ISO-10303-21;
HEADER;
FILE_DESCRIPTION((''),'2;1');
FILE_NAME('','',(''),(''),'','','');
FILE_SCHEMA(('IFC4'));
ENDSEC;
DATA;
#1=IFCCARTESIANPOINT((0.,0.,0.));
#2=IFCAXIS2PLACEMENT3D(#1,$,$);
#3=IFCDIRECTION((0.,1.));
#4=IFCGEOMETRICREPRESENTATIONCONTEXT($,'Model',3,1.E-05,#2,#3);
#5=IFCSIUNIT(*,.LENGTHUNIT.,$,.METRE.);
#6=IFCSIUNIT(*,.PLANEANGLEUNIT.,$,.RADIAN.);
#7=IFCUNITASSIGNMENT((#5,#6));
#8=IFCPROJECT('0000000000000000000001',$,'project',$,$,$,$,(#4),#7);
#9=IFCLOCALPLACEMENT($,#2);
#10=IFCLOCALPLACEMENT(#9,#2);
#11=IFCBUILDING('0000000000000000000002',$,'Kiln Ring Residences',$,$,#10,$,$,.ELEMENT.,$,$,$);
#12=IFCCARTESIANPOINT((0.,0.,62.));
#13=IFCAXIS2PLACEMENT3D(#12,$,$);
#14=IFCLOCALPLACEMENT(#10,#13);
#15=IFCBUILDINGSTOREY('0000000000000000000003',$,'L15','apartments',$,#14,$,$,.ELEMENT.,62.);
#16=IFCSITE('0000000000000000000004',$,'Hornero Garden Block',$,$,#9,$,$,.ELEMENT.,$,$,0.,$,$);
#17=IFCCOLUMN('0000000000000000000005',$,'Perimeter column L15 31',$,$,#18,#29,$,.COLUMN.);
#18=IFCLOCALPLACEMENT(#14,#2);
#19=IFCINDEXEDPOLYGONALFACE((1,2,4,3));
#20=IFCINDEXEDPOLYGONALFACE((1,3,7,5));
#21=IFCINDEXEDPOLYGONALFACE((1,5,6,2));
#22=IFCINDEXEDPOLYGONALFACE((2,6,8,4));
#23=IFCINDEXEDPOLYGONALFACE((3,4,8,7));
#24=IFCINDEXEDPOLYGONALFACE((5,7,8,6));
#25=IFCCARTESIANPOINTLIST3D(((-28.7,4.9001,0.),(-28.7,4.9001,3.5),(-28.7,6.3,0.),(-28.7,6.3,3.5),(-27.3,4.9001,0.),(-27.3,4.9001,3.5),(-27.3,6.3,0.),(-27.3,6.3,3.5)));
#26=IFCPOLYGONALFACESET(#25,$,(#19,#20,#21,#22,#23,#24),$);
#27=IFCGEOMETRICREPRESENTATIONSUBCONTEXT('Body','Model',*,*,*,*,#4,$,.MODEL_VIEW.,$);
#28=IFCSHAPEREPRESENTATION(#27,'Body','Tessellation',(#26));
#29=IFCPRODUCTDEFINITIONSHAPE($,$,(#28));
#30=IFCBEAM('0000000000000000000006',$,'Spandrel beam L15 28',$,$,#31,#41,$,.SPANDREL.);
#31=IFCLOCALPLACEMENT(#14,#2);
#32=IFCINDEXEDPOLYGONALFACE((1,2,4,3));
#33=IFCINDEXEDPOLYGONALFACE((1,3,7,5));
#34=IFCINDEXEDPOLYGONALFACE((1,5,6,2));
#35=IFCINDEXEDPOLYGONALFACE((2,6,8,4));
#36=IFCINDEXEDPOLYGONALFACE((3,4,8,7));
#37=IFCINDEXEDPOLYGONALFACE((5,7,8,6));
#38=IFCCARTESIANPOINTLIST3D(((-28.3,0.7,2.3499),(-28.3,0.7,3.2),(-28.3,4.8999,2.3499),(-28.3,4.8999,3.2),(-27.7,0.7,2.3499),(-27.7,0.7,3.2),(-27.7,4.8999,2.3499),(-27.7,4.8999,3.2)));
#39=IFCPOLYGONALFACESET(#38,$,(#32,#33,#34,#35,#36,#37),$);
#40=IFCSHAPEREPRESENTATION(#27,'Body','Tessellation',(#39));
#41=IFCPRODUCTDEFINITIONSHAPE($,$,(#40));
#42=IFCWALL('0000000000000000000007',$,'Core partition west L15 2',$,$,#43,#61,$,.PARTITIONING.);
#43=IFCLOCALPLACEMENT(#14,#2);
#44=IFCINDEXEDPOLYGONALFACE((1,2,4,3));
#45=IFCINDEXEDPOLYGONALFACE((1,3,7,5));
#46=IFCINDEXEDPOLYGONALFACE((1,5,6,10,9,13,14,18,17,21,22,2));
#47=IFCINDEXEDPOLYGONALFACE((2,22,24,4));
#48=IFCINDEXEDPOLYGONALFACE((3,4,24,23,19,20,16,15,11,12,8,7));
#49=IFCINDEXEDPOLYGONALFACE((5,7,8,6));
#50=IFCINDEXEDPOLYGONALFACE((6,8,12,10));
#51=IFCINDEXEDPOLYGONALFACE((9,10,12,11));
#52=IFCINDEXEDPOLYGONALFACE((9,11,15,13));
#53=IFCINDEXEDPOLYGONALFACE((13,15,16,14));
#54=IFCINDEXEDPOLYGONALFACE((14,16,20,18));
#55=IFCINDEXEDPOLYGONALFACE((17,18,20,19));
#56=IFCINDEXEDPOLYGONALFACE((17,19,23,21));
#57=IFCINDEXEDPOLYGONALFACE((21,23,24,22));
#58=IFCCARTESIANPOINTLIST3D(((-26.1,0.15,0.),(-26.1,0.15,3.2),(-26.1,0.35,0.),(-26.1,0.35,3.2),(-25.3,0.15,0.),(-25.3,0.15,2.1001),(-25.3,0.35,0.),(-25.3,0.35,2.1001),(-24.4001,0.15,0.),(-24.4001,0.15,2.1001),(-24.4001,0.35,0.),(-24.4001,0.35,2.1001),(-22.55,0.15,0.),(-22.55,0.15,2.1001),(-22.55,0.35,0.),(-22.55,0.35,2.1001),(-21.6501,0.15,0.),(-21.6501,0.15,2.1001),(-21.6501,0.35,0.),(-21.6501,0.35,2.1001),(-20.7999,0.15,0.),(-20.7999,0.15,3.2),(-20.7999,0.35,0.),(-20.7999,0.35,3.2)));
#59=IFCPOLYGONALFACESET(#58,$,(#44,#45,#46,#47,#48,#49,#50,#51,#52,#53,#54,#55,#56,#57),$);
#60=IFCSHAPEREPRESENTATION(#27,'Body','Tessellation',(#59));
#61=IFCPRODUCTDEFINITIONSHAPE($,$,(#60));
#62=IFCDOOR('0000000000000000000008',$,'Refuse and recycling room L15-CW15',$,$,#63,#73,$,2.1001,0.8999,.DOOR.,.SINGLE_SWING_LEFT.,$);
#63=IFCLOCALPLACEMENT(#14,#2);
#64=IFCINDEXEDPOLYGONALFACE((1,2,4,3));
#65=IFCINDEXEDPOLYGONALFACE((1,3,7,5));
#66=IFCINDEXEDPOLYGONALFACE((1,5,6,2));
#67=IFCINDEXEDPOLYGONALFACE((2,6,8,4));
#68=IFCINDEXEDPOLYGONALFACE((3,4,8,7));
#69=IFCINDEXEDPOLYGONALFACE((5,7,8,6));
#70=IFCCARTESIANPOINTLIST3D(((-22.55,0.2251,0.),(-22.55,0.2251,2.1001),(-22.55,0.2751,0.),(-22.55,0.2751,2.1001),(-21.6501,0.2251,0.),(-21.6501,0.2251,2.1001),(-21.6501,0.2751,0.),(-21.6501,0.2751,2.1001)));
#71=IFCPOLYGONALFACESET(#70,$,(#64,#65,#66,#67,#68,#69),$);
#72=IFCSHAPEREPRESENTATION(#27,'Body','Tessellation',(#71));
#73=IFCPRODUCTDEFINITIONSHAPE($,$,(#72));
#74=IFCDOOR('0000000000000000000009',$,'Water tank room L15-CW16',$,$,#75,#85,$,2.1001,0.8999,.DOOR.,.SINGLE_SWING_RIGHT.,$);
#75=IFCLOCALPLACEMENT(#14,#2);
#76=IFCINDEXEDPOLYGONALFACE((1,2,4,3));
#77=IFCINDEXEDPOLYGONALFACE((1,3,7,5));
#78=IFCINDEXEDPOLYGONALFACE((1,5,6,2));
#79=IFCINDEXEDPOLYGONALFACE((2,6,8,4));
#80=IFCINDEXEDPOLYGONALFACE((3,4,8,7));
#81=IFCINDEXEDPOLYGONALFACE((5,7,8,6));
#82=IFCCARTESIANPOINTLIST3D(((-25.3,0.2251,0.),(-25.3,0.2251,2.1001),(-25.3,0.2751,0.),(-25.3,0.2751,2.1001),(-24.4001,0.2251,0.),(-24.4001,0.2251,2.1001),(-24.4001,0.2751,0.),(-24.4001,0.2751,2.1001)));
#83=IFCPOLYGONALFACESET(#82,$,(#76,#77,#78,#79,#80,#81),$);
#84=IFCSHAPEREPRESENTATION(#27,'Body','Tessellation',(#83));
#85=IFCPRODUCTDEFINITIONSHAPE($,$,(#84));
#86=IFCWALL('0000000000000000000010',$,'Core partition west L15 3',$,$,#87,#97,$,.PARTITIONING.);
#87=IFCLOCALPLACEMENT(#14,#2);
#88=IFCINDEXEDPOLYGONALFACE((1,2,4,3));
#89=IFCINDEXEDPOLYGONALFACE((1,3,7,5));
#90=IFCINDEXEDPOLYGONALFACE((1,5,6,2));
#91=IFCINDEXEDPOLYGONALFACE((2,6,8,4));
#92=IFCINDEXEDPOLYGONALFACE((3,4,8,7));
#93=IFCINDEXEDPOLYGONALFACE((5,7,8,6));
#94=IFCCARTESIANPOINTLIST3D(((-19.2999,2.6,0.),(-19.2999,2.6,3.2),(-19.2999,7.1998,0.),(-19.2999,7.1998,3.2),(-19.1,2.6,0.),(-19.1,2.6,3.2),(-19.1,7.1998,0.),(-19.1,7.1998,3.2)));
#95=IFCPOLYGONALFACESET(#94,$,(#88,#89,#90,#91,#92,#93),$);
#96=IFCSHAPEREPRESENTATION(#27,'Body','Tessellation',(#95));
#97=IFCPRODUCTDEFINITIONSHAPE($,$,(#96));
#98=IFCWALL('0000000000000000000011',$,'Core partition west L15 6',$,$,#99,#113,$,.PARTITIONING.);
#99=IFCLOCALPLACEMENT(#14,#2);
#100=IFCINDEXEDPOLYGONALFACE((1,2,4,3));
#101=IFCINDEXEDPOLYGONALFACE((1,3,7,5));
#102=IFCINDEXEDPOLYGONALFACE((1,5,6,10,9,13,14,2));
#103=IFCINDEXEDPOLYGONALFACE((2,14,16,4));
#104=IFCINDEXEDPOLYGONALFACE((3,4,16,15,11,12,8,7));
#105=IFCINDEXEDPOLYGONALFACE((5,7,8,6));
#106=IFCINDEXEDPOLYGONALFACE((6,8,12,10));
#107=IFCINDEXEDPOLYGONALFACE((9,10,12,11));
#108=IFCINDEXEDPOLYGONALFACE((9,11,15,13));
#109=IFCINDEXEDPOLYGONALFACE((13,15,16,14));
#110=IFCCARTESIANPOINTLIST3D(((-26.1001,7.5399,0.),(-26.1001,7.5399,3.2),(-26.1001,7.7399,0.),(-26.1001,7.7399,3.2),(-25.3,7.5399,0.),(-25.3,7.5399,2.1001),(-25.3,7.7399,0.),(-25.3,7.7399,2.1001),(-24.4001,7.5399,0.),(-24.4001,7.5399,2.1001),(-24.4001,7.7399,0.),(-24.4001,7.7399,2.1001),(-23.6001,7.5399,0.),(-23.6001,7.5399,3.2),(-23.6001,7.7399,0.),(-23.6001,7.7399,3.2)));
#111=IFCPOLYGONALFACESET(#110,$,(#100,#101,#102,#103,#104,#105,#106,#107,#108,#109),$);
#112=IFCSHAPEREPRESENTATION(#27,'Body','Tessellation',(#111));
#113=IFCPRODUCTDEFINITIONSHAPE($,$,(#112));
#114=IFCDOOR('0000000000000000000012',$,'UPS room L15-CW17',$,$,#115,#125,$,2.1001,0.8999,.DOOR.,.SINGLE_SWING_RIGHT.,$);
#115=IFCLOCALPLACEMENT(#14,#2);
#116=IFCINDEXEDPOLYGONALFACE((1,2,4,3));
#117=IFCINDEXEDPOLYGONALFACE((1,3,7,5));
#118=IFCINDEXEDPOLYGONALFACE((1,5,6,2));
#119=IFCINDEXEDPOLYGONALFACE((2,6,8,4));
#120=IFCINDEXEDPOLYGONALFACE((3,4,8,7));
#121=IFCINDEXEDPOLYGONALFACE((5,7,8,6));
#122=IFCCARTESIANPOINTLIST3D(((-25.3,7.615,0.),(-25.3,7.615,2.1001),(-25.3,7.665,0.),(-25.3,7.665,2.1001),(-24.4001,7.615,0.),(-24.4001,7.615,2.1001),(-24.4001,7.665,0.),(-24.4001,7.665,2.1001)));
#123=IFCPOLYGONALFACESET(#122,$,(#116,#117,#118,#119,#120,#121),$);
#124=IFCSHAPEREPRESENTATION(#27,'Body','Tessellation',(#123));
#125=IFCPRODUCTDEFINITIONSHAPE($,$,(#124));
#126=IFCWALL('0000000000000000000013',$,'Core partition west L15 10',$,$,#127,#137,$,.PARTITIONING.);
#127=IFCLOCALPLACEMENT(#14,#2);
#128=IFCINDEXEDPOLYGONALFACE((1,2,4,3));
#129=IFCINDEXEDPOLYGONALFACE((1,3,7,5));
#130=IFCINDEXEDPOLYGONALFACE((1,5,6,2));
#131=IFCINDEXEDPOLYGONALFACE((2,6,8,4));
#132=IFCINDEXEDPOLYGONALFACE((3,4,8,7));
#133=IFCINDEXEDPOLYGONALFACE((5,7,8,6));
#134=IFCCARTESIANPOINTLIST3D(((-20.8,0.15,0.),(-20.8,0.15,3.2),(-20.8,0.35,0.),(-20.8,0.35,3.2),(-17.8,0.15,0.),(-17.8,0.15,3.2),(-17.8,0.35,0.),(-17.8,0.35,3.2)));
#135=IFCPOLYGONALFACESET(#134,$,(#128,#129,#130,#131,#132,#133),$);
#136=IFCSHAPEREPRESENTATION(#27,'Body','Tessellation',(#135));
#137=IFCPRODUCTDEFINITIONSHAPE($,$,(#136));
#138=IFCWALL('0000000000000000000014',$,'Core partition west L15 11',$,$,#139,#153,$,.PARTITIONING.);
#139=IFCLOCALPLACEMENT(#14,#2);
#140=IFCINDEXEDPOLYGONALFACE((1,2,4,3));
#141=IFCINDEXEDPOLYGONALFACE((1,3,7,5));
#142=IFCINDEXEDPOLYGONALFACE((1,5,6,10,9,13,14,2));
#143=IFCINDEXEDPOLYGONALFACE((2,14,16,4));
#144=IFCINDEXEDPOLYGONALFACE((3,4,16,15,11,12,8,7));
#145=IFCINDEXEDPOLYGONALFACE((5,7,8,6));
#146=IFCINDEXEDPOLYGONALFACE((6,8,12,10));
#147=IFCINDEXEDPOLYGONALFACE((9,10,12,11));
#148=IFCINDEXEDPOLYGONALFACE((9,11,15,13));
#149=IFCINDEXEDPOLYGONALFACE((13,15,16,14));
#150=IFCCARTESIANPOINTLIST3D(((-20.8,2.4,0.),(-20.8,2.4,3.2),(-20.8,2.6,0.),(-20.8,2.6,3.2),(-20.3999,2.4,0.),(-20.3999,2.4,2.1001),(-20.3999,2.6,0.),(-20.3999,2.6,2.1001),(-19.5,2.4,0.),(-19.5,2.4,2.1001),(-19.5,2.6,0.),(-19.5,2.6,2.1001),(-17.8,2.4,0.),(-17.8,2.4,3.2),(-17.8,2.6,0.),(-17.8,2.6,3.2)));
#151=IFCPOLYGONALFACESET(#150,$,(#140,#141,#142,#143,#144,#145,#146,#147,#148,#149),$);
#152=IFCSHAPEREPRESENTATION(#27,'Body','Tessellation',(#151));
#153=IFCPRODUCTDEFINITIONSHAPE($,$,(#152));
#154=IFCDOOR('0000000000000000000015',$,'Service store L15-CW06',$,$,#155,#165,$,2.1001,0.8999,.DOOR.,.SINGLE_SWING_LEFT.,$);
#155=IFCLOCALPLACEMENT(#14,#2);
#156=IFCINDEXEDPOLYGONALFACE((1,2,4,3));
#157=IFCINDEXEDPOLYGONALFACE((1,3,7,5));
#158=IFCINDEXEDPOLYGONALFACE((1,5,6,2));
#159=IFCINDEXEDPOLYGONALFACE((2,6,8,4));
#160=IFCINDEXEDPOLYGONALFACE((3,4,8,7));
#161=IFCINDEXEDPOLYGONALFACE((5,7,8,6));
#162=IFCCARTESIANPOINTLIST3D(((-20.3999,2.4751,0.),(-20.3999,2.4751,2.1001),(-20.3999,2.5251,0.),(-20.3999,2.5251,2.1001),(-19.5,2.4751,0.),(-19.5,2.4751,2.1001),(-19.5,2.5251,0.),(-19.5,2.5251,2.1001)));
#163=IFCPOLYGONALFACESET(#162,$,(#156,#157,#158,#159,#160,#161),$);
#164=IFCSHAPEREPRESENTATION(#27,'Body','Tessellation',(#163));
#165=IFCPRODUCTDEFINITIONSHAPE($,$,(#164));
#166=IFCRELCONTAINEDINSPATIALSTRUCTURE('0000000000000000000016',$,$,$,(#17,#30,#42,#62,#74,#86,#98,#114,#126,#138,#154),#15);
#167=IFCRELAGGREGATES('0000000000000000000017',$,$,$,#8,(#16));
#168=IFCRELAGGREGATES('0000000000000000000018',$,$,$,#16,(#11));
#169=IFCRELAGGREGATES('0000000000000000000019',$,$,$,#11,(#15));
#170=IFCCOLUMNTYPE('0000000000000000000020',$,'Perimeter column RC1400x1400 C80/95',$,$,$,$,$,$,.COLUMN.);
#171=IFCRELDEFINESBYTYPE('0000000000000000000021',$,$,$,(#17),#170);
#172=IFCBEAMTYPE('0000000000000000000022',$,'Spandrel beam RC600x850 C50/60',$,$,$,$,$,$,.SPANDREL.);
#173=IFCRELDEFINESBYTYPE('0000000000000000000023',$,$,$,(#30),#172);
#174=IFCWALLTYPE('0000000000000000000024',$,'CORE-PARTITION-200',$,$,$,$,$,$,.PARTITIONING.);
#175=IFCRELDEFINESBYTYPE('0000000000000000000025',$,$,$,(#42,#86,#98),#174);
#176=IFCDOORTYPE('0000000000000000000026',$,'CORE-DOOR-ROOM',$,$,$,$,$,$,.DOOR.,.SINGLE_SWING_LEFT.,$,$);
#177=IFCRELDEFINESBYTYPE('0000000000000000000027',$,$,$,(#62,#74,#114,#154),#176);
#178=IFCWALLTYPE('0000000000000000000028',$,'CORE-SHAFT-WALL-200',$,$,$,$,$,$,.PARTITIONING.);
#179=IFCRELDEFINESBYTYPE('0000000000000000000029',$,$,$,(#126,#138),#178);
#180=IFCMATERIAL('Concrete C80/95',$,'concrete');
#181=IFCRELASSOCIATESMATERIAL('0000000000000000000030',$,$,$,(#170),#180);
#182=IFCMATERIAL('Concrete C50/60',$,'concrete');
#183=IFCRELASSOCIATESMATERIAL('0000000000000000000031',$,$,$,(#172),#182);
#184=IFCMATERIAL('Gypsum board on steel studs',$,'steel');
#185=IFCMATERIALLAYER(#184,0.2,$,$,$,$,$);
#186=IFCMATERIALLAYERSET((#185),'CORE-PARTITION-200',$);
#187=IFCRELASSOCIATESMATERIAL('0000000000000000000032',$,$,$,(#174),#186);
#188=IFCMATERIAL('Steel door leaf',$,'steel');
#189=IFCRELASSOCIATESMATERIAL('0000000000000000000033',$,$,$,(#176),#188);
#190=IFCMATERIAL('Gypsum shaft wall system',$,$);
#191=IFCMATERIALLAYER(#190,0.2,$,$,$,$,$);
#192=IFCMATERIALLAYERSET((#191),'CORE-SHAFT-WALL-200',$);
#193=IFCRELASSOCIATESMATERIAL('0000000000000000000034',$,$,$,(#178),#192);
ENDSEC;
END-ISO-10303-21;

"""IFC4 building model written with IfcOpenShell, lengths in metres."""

from ifc_helpers import new_model, si_unit, direction, frame, frame_2d, origin, origin_2d, place, context, subcontext, project, spatial, rectangle, extrude, material, layer, layer_set, material_profile, profile_set, type_object, element, fill, save


model = new_model("IFC4")

# Units and contexts
model_context = context("Model", 3, precision=1e-05, world=origin(), true_north=direction((0.0, 1.0)))
body_context = subcontext(model_context, "Body", "Model", "MODEL_VIEW")
ifc_project = project(units=[si_unit("LENGTHUNIT", "METRE"), si_unit("PLANEANGLEUNIT", "RADIAN")], contexts=[model_context])

# Site, building, storey
site_placement = place(None, origin())
site = spatial("IfcSite", under=ifc_project, at=site_placement, Name="Hornero Garden Block", CompositionType="ELEMENT", RefElevation=0.0)
building_placement = place(site_placement, origin())
building = spatial("IfcBuilding", under=site, at=building_placement, Name="Kiln Ring Residences", CompositionType="ELEMENT")
storey_placement = place(building_placement, frame((0.0, 0.0, 62.0)))
storey = spatial("IfcBuildingStorey", under=building, at=storey_placement, Name="L15", Description="apartments", CompositionType="ELEMENT", Elevation=62.0)

# Column
ifc_material_1 = material(Name="Concrete C80/95", Category="concrete")
ifc_material_profile_1 = material_profile(ifc_material_1, rectangle(XDim=1.3999, YDim=1.3999, at=origin_2d()), Name="RC1400x1400")
ifc_profile_set_1 = profile_set([ifc_material_profile_1], Name="Concrete C80/95")
column_type = type_object("IfcColumnType", Name="Perimeter column RC1400x1400 C80/95", PredefinedType="COLUMN", material=ifc_profile_set_1)
column_placement = place(storey_placement, frame((-28.0, 5.6001, 0.0), z_axis=(0.0, 0.0, 1.0), x_axis=(1.0, 0.0, 0.0)))
element("IfcColumn", 1, at=column_placement, inside=storey, type_object=column_type, Name="Perimeter column L15 31", PredefinedType="COLUMN", context=body_context, shape_type="SweptSolid", body=[
    extrude(rectangle(XDim=1.3999, YDim=1.3999, at=origin_2d()), origin(), (0.0, 0.0, 1.0), 3.5),
])

# Beam
ifc_material_2 = material(Name="Concrete C50/60", Category="concrete")
ifc_material_profile_2 = material_profile(ifc_material_2, rectangle(XDim=0.6001, YDim=0.8501, at=origin_2d()), Name="RC600x850")
ifc_profile_set_2 = profile_set([ifc_material_profile_2], Name="Concrete C50/60")
beam_type = type_object("IfcBeamType", Name="Spandrel beam RC600x850 C50/60", PredefinedType="SPANDREL", material=ifc_profile_set_2)
beam_placement = place(storey_placement, frame((-28.0, 4.8999, 2.7749), z_axis=(0.0, -1.0, 0.0), x_axis=(1.0, 0.0, 0.0)))
element("IfcBeam", 2, at=beam_placement, inside=storey, type_object=beam_type, Name="Spandrel beam L15 28", PredefinedType="SPANDREL", context=body_context, shape_type="SweptSolid", body=[
    extrude(rectangle(XDim=0.6001, YDim=0.8501, at=origin_2d()), origin(), (0.0, 0.0, 1.0), 4.2),
])

# Wall, openings, doors
ifc_material_3 = material(Name="Gypsum board on steel studs", Category="steel")
ifc_layer_1 = layer(ifc_material_3, 0.2)
ifc_layer_set_1 = layer_set([ifc_layer_1], Name="CORE-PARTITION-200")
wall_type_1 = type_object("IfcWallType", Name="CORE-PARTITION-200", PredefinedType="PARTITIONING", material=ifc_layer_set_1)
wall_1_placement = place(storey_placement, frame((-20.8, 0.25, 0.0), z_axis=(0.0, 0.0, 1.0), x_axis=(-1.0, 0.0, 0.0)))
wall_1 = element("IfcWall", 3, at=wall_1_placement, inside=storey, type_object=wall_type_1, Name="Core partition west L15 2", PredefinedType="PARTITIONING", context=body_context, shape_type="SweptSolid", body=[
    extrude(rectangle(XDim=5.3, YDim=0.2, at=frame_2d((2.6499, 0.0))), origin(), (0.0, 0.0, 1.0), 3.2),
])
opening_1_placement = place(wall_1_placement, frame((0.8501, 0.0, 0.0)))
opening_1 = element("IfcOpeningElement", 4, at=opening_1_placement, cuts=wall_1, PredefinedType="OPENING", context=body_context, shape_type="SweptSolid", body=[
    extrude(rectangle(XDim=0.8999, YDim=2.1001, at=frame_2d((0.45, 1.05))), frame((0.0, 0.1099, 0.0), z_axis=(0.0, -1.0, 0.0), x_axis=(1.0, 0.0, 0.0)), (0.0, 0.0, 1.0), 0.22),
])
opening_2_placement = place(wall_1_placement, frame((3.6001, 0.0, 0.0)))
opening_2 = element("IfcOpeningElement", 5, at=opening_2_placement, cuts=wall_1, PredefinedType="OPENING", context=body_context, shape_type="SweptSolid", body=[
    extrude(rectangle(XDim=0.8999, YDim=2.1001, at=frame_2d((0.45, 1.05))), frame((0.0, 0.1099, 0.0), z_axis=(0.0, -1.0, 0.0), x_axis=(1.0, 0.0, 0.0)), (0.0, 0.0, 1.0), 0.22),
])
ifc_material_4 = material(Name="Steel door leaf", Category="steel")
door_type_1 = type_object("IfcDoorType", Name="CORE-DOOR-ROOM", OperationType="SINGLE_SWING_LEFT", PredefinedType="DOOR", material=ifc_material_4)
door_1_placement = place(opening_1_placement, origin())
door_1 = element("IfcDoor", 6, at=door_1_placement, inside=storey, type_object=door_type_1, Name="Refuse and recycling room L15-CW15", OperationType="SINGLE_SWING_LEFT", OverallHeight=2.1001, OverallWidth=0.8999, PredefinedType="DOOR", context=body_context, shape_type="SweptSolid", body=[
    extrude(rectangle(XDim=0.8999, YDim=2.1001, at=frame_2d((0.45, 1.05))), frame((0.0, 0.0249, 0.0), z_axis=(0.0, -1.0, 0.0), x_axis=(1.0, 0.0, 0.0)), (0.0, 0.0, 1.0), 0.05),
])
fill(opening_1, door_1)
door_2_placement = place(opening_2_placement, origin())
door_2 = element("IfcDoor", 7, at=door_2_placement, inside=storey, type_object=door_type_1, Name="Water tank room L15-CW16", OperationType="SINGLE_SWING_RIGHT", OverallHeight=2.1001, OverallWidth=0.8999, PredefinedType="DOOR", context=body_context, shape_type="SweptSolid", body=[
    extrude(rectangle(XDim=0.8999, YDim=2.1001, at=frame_2d((0.45, 1.05))), frame((0.0, 0.0249, 0.0), z_axis=(0.0, -1.0, 0.0), x_axis=(1.0, 0.0, 0.0)), (0.0, 0.0, 1.0), 0.05),
])
fill(opening_2, door_2)

# Wall
wall_2_placement = place(storey_placement, frame((-19.2, 2.6001, 0.0), z_axis=(0.0, 0.0, 1.0), x_axis=(0.0, 1.0, 0.0)))
element("IfcWall", 8, at=wall_2_placement, inside=storey, type_object=wall_type_1, Name="Core partition west L15 3", PredefinedType="PARTITIONING", context=body_context, shape_type="SweptSolid", body=[
    extrude(rectangle(XDim=4.5999, YDim=0.2, at=frame_2d((2.2998, 0.0))), origin(), (0.0, 0.0, 1.0), 3.2),
])

# Wall, opening, door
wall_3_placement = place(storey_placement, frame((-23.6001, 7.6399, 0.0), z_axis=(0.0, 0.0, 1.0), x_axis=(-1.0, 0.0, 0.0)))
wall_3 = element("IfcWall", 9, at=wall_3_placement, inside=storey, type_object=wall_type_1, Name="Core partition west L15 6", PredefinedType="PARTITIONING", context=body_context, shape_type="SweptSolid", body=[
    extrude(rectangle(XDim=2.5, YDim=0.2, at=frame_2d((1.25, 0.0))), origin(), (0.0, 0.0, 1.0), 3.2),
])
opening_3_placement = place(wall_3_placement, frame((0.8, 0.0, 0.0)))
opening_3 = element("IfcOpeningElement", 10, at=opening_3_placement, cuts=wall_3, PredefinedType="OPENING", context=body_context, shape_type="SweptSolid", body=[
    extrude(rectangle(XDim=0.8999, YDim=2.1001, at=frame_2d((0.45, 1.05))), frame((0.0, 0.1099, 0.0), z_axis=(0.0, -1.0, 0.0), x_axis=(1.0, 0.0, 0.0)), (0.0, 0.0, 1.0), 0.22),
])
door_3_placement = place(opening_3_placement, origin())
door_3 = element("IfcDoor", 11, at=door_3_placement, inside=storey, type_object=door_type_1, Name="UPS room L15-CW17", OperationType="SINGLE_SWING_RIGHT", OverallHeight=2.1001, OverallWidth=0.8999, PredefinedType="DOOR", context=body_context, shape_type="SweptSolid", body=[
    extrude(rectangle(XDim=0.8999, YDim=2.1001, at=frame_2d((0.45, 1.05))), frame((0.0, 0.0249, 0.0), z_axis=(0.0, -1.0, 0.0), x_axis=(1.0, 0.0, 0.0)), (0.0, 0.0, 1.0), 0.05),
])
fill(opening_3, door_3)

# Wall
ifc_material_5 = material(Name="Gypsum shaft wall system")
ifc_layer_2 = layer(ifc_material_5, 0.2)
ifc_layer_set_2 = layer_set([ifc_layer_2], Name="CORE-SHAFT-WALL-200")
wall_type_2 = type_object("IfcWallType", Name="CORE-SHAFT-WALL-200", PredefinedType="PARTITIONING", material=ifc_layer_set_2)
wall_4_placement = place(storey_placement, frame((-17.8, 0.25, 0.0), z_axis=(0.0, 0.0, 1.0), x_axis=(-1.0, 0.0, 0.0)))
element("IfcWall", 12, at=wall_4_placement, inside=storey, type_object=wall_type_2, Name="Core partition west L15 10", PredefinedType="PARTITIONING", context=body_context, shape_type="SweptSolid", body=[
    extrude(rectangle(XDim=3.0, YDim=0.2, at=frame_2d((1.5, 0.0))), origin(), (0.0, 0.0, 1.0), 3.2),
])

# Wall, opening, door
wall_5_placement = place(storey_placement, frame((-17.8, 2.5, 0.0), z_axis=(0.0, 0.0, 1.0), x_axis=(-1.0, 0.0, 0.0)))
wall_5 = element("IfcWall", 13, at=wall_5_placement, inside=storey, type_object=wall_type_2, Name="Core partition west L15 11", PredefinedType="PARTITIONING", context=body_context, shape_type="SweptSolid", body=[
    extrude(rectangle(XDim=3.0, YDim=0.2, at=frame_2d((1.5, 0.0))), origin(), (0.0, 0.0, 1.0), 3.2),
])
opening_4_placement = place(wall_5_placement, frame((1.7, 0.0, 0.0)))
opening_4 = element("IfcOpeningElement", 14, at=opening_4_placement, cuts=wall_5, PredefinedType="OPENING", context=body_context, shape_type="SweptSolid", body=[
    extrude(rectangle(XDim=0.8999, YDim=2.1001, at=frame_2d((0.45, 1.05))), frame((0.0, 0.1099, 0.0), z_axis=(0.0, -1.0, 0.0), x_axis=(1.0, 0.0, 0.0)), (0.0, 0.0, 1.0), 0.22),
])
door_4_placement = place(opening_4_placement, origin())
door_4 = element("IfcDoor", 15, at=door_4_placement, inside=storey, type_object=door_type_1, Name="Service store L15-CW06", OperationType="SINGLE_SWING_LEFT", OverallHeight=2.1001, OverallWidth=0.8999, PredefinedType="DOOR", context=body_context, shape_type="SweptSolid", body=[
    extrude(rectangle(XDim=0.8999, YDim=2.1001, at=frame_2d((0.45, 1.05))), frame((0.0, 0.0249, 0.0), z_axis=(0.0, -1.0, 0.0), x_axis=(1.0, 0.0, 0.0)), (0.0, 0.0, 1.0), 0.05),
])
fill(opening_4, door_4)

save(model, "model.ifc")
